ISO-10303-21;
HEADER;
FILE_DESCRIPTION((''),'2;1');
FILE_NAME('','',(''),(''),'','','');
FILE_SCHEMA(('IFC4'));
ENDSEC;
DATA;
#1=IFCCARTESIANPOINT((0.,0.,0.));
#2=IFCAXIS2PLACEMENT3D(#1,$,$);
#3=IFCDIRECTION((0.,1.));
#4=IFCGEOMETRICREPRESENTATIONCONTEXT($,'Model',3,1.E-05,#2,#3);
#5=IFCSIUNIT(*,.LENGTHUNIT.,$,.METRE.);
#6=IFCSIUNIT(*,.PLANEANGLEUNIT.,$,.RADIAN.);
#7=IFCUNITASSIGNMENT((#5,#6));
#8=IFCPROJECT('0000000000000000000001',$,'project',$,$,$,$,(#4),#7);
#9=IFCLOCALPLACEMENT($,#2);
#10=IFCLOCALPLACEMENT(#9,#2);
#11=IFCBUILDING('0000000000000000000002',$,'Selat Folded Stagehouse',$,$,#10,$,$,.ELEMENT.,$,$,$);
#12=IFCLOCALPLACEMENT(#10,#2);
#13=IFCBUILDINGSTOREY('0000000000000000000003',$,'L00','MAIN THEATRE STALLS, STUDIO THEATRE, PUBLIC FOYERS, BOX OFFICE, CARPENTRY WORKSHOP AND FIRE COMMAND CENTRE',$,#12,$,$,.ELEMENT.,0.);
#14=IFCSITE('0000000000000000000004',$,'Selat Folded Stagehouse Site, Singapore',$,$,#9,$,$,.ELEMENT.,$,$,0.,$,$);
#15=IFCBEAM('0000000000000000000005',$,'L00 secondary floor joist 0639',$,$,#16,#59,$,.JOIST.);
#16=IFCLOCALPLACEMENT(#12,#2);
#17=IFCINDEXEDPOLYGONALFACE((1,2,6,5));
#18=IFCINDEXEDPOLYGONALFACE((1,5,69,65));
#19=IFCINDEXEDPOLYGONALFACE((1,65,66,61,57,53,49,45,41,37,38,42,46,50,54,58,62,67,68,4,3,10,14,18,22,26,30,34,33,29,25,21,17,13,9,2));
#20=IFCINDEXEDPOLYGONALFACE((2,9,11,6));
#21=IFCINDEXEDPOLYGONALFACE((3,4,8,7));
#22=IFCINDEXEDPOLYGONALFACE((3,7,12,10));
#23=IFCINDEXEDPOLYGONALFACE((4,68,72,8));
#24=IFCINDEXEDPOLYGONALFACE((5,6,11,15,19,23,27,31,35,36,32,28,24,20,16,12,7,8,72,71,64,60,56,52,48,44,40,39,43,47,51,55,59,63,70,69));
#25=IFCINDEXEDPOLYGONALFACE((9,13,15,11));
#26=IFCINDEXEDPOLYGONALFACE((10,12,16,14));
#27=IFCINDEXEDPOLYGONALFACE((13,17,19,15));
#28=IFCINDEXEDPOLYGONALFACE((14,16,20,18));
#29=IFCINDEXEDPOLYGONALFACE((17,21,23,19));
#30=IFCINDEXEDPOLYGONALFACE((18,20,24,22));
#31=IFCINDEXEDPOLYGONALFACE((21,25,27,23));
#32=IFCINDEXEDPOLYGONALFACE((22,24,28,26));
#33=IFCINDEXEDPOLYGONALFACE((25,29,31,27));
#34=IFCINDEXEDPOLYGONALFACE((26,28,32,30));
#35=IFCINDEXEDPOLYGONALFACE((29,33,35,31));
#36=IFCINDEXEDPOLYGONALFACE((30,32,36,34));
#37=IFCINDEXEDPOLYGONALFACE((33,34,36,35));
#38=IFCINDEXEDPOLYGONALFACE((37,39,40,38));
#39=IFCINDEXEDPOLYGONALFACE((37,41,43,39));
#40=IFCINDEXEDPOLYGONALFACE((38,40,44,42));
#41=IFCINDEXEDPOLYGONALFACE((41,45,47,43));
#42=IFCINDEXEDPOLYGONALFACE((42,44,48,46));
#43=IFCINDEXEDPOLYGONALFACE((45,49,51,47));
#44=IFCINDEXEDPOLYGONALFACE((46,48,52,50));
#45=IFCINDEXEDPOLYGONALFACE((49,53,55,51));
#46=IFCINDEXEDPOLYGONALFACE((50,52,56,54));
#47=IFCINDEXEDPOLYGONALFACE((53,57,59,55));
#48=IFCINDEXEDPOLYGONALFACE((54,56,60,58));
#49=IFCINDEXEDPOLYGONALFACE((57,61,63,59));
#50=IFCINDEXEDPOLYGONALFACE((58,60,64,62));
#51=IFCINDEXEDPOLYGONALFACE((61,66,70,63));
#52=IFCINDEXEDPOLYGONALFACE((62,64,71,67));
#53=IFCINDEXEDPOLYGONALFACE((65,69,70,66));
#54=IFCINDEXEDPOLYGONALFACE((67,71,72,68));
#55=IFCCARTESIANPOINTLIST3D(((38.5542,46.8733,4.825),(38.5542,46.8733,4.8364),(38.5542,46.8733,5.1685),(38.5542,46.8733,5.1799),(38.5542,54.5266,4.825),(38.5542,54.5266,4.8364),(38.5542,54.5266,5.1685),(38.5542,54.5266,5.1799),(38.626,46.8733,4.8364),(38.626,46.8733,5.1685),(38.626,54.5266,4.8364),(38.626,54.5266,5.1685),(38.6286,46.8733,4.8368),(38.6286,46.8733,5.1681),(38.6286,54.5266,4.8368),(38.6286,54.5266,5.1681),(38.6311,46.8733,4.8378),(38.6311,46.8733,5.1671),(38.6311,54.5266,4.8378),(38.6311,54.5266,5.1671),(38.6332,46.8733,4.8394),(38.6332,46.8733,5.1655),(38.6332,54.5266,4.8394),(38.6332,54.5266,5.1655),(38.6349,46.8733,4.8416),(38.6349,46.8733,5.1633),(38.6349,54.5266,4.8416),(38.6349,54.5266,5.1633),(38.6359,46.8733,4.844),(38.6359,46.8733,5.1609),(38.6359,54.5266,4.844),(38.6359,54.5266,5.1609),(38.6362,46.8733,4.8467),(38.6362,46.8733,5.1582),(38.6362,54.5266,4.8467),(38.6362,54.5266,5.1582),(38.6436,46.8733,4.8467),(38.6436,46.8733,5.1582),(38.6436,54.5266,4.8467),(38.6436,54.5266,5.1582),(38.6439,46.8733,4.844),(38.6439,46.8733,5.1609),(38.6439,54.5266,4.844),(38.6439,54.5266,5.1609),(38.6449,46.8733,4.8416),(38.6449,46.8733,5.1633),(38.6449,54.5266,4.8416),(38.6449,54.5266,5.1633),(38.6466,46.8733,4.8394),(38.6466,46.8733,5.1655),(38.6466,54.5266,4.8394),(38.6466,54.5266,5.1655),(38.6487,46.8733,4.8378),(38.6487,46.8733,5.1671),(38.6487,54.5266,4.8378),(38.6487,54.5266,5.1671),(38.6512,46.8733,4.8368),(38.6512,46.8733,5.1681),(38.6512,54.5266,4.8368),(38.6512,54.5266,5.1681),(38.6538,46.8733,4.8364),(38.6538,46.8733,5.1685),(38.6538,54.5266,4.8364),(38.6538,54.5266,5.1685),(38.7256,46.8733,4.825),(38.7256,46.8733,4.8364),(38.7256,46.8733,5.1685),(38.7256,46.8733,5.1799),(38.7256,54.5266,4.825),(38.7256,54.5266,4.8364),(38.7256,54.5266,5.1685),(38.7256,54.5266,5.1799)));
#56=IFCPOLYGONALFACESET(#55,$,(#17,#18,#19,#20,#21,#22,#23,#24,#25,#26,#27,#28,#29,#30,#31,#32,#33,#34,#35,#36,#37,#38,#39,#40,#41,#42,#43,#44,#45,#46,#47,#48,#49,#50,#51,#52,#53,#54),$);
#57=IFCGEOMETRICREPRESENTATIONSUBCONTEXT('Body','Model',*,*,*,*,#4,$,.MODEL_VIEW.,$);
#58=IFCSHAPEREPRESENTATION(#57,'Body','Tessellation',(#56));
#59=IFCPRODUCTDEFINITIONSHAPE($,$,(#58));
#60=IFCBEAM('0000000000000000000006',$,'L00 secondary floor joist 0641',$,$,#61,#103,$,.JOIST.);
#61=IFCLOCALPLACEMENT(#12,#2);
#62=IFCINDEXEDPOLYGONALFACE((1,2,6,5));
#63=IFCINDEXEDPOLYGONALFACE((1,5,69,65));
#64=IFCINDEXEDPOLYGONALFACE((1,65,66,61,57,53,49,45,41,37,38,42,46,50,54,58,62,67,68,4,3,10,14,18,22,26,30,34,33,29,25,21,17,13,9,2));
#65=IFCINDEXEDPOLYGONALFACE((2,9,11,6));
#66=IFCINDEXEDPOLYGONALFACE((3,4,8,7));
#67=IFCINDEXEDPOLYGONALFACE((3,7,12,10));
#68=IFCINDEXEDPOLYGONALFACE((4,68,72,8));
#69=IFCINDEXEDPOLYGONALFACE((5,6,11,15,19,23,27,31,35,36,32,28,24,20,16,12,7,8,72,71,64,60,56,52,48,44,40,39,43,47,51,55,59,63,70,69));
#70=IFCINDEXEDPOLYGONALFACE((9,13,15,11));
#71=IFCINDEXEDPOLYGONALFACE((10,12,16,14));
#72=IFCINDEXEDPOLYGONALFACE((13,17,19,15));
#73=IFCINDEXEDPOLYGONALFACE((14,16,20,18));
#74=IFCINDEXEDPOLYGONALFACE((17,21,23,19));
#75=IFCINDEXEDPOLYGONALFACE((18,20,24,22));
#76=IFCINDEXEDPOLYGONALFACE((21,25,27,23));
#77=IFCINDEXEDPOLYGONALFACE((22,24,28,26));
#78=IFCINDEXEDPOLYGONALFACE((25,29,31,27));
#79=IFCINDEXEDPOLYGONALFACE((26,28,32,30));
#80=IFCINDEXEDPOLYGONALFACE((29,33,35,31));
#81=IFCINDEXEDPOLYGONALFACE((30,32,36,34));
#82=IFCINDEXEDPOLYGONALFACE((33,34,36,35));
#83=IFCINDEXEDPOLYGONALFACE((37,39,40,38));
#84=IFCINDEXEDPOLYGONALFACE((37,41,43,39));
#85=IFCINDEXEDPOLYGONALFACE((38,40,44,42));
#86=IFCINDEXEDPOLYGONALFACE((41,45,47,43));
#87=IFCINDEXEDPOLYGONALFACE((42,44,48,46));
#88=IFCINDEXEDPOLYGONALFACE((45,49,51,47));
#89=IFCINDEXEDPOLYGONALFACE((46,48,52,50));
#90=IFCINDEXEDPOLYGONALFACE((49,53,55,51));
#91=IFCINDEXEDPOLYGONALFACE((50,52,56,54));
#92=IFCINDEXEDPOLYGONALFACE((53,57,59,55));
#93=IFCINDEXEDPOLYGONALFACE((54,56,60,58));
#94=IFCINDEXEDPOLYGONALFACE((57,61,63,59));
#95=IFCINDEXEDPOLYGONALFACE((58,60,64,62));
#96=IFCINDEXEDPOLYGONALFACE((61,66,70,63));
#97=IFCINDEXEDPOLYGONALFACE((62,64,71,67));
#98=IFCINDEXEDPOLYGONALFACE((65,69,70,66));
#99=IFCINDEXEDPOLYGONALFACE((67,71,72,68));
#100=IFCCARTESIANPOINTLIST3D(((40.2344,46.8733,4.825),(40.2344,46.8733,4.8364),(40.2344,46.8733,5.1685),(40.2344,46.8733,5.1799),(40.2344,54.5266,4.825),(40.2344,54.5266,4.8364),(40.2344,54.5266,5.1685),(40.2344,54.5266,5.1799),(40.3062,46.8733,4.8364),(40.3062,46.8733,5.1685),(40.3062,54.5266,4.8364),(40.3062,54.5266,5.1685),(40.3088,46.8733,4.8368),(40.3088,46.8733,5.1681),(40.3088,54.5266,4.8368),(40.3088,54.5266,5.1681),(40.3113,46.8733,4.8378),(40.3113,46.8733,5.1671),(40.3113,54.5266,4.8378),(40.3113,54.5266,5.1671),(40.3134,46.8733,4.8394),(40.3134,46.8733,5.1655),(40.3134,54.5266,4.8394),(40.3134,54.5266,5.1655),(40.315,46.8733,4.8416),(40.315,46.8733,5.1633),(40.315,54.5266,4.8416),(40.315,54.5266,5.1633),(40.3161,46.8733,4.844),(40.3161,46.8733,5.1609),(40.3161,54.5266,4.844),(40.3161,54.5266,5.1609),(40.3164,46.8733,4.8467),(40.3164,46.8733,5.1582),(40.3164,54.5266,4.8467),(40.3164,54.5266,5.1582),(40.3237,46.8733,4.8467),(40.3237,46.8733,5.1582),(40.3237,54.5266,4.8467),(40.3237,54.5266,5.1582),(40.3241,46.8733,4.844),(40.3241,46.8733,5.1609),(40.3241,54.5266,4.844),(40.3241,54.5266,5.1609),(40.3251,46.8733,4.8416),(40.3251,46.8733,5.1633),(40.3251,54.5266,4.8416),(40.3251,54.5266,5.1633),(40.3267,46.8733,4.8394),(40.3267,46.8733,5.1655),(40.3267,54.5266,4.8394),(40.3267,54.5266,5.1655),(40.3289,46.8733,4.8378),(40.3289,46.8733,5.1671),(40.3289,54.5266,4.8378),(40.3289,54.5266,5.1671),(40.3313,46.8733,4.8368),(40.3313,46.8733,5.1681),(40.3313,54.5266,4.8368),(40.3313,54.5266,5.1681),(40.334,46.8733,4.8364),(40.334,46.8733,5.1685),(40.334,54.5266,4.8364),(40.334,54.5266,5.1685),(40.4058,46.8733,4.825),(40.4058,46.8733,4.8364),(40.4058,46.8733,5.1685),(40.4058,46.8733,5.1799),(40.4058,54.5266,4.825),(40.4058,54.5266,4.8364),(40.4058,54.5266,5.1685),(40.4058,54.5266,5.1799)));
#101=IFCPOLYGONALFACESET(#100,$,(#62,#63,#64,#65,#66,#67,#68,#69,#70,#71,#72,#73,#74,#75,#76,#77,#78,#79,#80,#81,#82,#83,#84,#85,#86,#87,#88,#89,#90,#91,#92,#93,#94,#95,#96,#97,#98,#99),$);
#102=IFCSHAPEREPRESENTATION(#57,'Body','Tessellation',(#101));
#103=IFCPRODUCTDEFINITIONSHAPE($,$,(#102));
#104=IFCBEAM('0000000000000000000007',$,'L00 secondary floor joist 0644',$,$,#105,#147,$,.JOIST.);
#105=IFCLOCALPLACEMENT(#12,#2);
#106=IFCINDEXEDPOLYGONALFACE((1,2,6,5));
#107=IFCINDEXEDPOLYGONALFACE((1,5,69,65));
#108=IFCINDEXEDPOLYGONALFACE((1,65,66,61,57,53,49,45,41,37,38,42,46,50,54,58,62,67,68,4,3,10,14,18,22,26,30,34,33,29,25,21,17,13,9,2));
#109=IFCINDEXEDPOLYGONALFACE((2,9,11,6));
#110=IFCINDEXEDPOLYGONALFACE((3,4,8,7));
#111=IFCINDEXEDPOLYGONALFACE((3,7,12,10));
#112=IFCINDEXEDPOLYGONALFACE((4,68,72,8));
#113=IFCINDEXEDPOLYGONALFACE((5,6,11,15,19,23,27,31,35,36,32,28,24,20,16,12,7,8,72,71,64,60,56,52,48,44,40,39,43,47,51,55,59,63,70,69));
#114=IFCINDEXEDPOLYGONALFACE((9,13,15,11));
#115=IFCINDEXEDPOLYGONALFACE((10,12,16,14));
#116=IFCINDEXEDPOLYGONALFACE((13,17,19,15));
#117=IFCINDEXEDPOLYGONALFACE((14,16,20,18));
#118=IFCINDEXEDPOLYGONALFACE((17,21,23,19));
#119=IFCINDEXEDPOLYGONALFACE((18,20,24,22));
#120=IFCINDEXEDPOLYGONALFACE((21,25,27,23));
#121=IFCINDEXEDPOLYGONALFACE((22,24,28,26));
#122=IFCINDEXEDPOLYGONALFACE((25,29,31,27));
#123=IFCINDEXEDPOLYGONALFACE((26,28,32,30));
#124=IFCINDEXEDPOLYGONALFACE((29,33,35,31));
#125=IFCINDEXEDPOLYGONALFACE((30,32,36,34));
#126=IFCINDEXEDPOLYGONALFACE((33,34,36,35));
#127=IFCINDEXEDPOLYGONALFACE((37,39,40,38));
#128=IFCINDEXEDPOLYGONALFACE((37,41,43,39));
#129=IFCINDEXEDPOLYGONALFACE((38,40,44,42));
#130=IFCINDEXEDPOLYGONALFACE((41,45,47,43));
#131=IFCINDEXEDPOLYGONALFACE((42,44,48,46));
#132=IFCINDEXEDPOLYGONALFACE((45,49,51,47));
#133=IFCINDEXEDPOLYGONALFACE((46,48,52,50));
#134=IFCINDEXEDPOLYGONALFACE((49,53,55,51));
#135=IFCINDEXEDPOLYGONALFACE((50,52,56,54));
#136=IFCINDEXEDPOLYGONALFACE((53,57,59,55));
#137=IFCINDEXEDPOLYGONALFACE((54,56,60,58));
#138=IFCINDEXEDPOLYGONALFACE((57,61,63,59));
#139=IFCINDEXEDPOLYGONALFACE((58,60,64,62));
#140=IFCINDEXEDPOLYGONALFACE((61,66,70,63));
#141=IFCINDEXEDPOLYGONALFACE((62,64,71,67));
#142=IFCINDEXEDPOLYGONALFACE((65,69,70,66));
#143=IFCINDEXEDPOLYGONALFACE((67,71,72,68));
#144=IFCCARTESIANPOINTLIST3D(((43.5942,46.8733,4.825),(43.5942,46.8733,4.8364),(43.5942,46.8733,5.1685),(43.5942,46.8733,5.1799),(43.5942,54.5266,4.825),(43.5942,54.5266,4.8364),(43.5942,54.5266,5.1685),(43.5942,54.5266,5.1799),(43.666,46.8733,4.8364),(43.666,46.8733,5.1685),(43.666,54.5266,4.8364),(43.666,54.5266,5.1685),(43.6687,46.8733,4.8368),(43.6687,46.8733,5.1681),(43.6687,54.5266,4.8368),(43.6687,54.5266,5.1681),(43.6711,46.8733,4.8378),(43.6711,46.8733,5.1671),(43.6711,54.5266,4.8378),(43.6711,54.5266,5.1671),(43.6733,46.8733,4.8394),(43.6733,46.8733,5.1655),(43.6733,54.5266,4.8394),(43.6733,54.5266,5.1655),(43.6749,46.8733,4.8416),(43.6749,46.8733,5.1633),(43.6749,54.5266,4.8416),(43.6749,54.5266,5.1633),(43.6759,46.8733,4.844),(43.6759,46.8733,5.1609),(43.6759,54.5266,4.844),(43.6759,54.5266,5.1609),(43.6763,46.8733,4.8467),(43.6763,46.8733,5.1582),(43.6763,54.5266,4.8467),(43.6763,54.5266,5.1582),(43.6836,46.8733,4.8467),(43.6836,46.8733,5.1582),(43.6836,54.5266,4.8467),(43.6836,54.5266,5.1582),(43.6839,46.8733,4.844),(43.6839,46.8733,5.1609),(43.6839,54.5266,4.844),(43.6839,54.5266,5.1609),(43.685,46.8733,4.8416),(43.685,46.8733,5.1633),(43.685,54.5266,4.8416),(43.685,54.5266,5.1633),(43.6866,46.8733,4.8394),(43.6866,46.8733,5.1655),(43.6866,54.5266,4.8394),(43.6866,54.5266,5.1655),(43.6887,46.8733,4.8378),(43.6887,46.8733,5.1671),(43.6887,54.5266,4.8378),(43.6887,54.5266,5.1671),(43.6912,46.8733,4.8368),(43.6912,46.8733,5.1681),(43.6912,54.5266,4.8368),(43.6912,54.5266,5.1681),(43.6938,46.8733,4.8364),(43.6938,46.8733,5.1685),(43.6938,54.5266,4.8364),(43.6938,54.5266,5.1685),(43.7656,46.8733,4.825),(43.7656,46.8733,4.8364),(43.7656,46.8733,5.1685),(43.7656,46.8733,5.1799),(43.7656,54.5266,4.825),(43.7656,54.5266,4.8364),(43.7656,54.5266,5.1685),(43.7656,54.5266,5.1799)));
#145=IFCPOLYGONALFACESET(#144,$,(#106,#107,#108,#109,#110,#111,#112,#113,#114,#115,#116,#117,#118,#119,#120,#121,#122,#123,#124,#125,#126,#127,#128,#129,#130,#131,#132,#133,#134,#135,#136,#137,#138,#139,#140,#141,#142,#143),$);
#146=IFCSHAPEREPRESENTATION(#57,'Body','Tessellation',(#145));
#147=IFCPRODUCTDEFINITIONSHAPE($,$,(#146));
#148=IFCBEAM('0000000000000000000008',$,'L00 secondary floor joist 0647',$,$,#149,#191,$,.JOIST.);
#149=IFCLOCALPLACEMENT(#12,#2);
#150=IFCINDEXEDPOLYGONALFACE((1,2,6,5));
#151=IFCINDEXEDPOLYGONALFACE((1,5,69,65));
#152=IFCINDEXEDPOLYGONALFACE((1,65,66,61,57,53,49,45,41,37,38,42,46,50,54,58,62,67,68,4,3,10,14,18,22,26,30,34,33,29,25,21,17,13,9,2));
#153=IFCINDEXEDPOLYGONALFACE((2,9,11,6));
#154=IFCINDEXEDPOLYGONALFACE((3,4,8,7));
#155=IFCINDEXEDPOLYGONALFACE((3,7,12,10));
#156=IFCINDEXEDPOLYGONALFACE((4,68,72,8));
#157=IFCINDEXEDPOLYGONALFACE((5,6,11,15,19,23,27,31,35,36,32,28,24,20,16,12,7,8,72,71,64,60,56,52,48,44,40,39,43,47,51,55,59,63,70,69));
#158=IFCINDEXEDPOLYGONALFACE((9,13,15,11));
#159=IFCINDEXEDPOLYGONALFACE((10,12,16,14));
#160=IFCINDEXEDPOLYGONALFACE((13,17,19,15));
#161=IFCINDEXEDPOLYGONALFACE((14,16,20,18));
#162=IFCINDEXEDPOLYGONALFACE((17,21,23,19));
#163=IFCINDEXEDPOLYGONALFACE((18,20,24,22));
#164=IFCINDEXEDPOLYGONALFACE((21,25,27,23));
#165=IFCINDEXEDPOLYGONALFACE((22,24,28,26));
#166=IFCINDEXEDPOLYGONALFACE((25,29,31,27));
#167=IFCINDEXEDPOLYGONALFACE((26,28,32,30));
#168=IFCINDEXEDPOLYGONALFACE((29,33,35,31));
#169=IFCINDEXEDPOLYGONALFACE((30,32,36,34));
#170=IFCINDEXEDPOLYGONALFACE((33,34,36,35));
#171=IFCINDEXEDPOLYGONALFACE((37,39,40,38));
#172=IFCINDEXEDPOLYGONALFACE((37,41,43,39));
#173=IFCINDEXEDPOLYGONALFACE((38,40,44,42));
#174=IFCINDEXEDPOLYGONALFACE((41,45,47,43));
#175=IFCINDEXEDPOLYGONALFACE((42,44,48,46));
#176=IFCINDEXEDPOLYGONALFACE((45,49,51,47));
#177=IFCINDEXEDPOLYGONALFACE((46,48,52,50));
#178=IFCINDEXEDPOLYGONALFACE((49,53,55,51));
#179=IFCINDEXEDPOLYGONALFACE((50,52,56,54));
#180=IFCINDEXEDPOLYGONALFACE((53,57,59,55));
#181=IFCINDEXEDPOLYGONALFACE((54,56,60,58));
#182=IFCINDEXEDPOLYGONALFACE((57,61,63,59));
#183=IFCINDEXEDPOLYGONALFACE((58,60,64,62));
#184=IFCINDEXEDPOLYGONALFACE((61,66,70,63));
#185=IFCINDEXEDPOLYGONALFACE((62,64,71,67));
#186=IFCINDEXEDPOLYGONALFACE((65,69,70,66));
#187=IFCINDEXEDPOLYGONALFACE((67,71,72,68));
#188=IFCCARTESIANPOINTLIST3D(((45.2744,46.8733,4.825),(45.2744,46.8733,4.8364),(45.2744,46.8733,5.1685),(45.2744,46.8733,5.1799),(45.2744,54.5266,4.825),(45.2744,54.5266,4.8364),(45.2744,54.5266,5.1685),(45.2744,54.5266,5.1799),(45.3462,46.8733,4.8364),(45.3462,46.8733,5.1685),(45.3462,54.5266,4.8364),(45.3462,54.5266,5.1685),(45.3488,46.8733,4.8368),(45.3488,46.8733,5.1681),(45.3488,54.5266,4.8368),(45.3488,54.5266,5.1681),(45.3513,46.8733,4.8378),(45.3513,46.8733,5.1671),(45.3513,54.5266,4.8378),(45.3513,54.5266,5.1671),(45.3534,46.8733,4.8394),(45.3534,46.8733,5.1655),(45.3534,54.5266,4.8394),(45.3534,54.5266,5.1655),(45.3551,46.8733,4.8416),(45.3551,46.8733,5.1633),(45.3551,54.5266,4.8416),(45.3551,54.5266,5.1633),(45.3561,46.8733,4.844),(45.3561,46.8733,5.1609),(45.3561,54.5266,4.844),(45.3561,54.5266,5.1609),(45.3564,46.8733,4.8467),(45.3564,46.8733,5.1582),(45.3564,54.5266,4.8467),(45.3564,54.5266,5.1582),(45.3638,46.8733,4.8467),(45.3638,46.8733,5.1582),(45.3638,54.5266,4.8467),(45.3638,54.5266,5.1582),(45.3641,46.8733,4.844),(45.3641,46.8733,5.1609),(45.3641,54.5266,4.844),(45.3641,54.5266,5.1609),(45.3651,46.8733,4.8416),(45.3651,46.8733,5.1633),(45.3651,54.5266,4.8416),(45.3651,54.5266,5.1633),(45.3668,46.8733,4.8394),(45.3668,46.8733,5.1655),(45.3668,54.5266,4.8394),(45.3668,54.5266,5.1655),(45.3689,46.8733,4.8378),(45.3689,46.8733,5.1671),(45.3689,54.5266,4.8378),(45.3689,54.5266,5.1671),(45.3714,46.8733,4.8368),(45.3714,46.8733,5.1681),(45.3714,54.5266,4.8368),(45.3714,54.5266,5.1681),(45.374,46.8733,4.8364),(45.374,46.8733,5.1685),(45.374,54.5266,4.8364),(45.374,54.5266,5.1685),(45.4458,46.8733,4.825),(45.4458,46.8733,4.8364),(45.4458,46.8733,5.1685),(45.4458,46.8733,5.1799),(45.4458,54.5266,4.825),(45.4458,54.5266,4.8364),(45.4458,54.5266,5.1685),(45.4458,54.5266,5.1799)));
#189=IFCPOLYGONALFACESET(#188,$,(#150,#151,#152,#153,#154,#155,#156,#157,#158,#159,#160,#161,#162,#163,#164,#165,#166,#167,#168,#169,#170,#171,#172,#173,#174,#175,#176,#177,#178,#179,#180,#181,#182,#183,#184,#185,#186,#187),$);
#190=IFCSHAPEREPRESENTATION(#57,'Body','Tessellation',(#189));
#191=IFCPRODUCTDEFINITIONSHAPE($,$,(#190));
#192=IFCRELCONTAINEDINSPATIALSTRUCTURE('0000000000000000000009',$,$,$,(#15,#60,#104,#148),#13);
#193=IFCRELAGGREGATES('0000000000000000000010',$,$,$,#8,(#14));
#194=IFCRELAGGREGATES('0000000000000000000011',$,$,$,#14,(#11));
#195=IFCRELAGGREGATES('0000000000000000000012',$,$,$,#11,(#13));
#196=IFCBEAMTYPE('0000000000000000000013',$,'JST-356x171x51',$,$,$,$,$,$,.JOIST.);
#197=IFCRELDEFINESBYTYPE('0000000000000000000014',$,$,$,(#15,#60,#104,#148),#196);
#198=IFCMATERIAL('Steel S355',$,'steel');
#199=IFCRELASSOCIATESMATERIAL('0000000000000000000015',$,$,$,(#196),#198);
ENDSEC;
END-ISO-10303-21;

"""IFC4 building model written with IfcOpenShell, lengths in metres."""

from ifc_helpers import new_model, si_unit, direction, frame, origin, origin_2d, place, context, subcontext, project, spatial, i_section, extrude, material, material_profile, profile_set, type_object, element, save


model = new_model("IFC4")

# Units and contexts
model_context = context("Model", 3, precision=1e-05, world=origin(), true_north=direction((0.0, 1.0)))
body_context = subcontext(model_context, "Body", "Model", "MODEL_VIEW")
ifc_project = project(units=[si_unit("LENGTHUNIT", "METRE"), si_unit("PLANEANGLEUNIT", "RADIAN")], contexts=[model_context])

# Site, building, storey
site_placement = place(None, origin())
site = spatial("IfcSite", under=ifc_project, at=site_placement, Name="Selat Folded Stagehouse Site, Singapore", CompositionType="ELEMENT", RefElevation=0.0)
building_placement = place(site_placement, origin())
building = spatial("IfcBuilding", under=site, at=building_placement, Name="Selat Folded Stagehouse", CompositionType="ELEMENT")
storey_placement = place(building_placement, origin())
storey = spatial("IfcBuildingStorey", under=building, at=storey_placement, Name="L00", Description="MAIN THEATRE STALLS, STUDIO THEATRE, PUBLIC FOYERS, BOX OFFICE, CARPENTRY WORKSHOP AND FIRE COMMAND CENTRE", CompositionType="ELEMENT", Elevation=0.0)

# Shared definitions
ifc_material_1 = material(Name="Steel S355", Category="steel")

# Beams
ifc_material_profile_1 = material_profile(ifc_material_1, i_section(OverallWidth=0.1714, OverallDepth=0.355, WebThickness=0.0073, FlangeThickness=0.0115, FilletRadius=0.0103, at=origin_2d()), Name="UKB 356x171x51")
ifc_profile_set_1 = profile_set([ifc_material_profile_1], Name="Steel S355")
beam_type_1 = type_object("IfcBeamType", Name="JST-356x171x51", PredefinedType="JOIST", material=ifc_profile_set_1)
for number, where, z_axis, x_axis, name in (
    (1, (38.6399, 46.8733, 5.0024), (0.0, 1.0, 0.0), (-1.0, 0.0, 0.0), "L00 secondary floor joist 0639"),
    (2, (40.3201, 46.8733, 5.0024), (0.0, 1.0, 0.0), (-1.0, 0.0, 0.0), "L00 secondary floor joist 0641"),
    (3, (43.6799, 46.8733, 5.0024), (0.0, 1.0, 0.0), (-1.0, 0.0, 0.0), "L00 secondary floor joist 0644"),
    (4, (45.3601, 46.8733, 5.0024), (0.0, 1.0, 0.0), (-1.0, 0.0, 0.0), "L00 secondary floor joist 0647"),
):
    element("IfcBeam", number, at=place(storey_placement, frame(where, z_axis=z_axis, x_axis=x_axis)), inside=storey, type_object=beam_type_1, Name=name, PredefinedType="JOIST", context=body_context, shape_type="SweptSolid", body=[
        extrude(i_section(OverallWidth=0.1714, OverallDepth=0.355, WebThickness=0.0073, FlangeThickness=0.0115, FilletRadius=0.0103, at=origin_2d()), origin(), (0.0, 0.0, 1.0), 7.6533),
    ])

save(model, "model.ifc")
